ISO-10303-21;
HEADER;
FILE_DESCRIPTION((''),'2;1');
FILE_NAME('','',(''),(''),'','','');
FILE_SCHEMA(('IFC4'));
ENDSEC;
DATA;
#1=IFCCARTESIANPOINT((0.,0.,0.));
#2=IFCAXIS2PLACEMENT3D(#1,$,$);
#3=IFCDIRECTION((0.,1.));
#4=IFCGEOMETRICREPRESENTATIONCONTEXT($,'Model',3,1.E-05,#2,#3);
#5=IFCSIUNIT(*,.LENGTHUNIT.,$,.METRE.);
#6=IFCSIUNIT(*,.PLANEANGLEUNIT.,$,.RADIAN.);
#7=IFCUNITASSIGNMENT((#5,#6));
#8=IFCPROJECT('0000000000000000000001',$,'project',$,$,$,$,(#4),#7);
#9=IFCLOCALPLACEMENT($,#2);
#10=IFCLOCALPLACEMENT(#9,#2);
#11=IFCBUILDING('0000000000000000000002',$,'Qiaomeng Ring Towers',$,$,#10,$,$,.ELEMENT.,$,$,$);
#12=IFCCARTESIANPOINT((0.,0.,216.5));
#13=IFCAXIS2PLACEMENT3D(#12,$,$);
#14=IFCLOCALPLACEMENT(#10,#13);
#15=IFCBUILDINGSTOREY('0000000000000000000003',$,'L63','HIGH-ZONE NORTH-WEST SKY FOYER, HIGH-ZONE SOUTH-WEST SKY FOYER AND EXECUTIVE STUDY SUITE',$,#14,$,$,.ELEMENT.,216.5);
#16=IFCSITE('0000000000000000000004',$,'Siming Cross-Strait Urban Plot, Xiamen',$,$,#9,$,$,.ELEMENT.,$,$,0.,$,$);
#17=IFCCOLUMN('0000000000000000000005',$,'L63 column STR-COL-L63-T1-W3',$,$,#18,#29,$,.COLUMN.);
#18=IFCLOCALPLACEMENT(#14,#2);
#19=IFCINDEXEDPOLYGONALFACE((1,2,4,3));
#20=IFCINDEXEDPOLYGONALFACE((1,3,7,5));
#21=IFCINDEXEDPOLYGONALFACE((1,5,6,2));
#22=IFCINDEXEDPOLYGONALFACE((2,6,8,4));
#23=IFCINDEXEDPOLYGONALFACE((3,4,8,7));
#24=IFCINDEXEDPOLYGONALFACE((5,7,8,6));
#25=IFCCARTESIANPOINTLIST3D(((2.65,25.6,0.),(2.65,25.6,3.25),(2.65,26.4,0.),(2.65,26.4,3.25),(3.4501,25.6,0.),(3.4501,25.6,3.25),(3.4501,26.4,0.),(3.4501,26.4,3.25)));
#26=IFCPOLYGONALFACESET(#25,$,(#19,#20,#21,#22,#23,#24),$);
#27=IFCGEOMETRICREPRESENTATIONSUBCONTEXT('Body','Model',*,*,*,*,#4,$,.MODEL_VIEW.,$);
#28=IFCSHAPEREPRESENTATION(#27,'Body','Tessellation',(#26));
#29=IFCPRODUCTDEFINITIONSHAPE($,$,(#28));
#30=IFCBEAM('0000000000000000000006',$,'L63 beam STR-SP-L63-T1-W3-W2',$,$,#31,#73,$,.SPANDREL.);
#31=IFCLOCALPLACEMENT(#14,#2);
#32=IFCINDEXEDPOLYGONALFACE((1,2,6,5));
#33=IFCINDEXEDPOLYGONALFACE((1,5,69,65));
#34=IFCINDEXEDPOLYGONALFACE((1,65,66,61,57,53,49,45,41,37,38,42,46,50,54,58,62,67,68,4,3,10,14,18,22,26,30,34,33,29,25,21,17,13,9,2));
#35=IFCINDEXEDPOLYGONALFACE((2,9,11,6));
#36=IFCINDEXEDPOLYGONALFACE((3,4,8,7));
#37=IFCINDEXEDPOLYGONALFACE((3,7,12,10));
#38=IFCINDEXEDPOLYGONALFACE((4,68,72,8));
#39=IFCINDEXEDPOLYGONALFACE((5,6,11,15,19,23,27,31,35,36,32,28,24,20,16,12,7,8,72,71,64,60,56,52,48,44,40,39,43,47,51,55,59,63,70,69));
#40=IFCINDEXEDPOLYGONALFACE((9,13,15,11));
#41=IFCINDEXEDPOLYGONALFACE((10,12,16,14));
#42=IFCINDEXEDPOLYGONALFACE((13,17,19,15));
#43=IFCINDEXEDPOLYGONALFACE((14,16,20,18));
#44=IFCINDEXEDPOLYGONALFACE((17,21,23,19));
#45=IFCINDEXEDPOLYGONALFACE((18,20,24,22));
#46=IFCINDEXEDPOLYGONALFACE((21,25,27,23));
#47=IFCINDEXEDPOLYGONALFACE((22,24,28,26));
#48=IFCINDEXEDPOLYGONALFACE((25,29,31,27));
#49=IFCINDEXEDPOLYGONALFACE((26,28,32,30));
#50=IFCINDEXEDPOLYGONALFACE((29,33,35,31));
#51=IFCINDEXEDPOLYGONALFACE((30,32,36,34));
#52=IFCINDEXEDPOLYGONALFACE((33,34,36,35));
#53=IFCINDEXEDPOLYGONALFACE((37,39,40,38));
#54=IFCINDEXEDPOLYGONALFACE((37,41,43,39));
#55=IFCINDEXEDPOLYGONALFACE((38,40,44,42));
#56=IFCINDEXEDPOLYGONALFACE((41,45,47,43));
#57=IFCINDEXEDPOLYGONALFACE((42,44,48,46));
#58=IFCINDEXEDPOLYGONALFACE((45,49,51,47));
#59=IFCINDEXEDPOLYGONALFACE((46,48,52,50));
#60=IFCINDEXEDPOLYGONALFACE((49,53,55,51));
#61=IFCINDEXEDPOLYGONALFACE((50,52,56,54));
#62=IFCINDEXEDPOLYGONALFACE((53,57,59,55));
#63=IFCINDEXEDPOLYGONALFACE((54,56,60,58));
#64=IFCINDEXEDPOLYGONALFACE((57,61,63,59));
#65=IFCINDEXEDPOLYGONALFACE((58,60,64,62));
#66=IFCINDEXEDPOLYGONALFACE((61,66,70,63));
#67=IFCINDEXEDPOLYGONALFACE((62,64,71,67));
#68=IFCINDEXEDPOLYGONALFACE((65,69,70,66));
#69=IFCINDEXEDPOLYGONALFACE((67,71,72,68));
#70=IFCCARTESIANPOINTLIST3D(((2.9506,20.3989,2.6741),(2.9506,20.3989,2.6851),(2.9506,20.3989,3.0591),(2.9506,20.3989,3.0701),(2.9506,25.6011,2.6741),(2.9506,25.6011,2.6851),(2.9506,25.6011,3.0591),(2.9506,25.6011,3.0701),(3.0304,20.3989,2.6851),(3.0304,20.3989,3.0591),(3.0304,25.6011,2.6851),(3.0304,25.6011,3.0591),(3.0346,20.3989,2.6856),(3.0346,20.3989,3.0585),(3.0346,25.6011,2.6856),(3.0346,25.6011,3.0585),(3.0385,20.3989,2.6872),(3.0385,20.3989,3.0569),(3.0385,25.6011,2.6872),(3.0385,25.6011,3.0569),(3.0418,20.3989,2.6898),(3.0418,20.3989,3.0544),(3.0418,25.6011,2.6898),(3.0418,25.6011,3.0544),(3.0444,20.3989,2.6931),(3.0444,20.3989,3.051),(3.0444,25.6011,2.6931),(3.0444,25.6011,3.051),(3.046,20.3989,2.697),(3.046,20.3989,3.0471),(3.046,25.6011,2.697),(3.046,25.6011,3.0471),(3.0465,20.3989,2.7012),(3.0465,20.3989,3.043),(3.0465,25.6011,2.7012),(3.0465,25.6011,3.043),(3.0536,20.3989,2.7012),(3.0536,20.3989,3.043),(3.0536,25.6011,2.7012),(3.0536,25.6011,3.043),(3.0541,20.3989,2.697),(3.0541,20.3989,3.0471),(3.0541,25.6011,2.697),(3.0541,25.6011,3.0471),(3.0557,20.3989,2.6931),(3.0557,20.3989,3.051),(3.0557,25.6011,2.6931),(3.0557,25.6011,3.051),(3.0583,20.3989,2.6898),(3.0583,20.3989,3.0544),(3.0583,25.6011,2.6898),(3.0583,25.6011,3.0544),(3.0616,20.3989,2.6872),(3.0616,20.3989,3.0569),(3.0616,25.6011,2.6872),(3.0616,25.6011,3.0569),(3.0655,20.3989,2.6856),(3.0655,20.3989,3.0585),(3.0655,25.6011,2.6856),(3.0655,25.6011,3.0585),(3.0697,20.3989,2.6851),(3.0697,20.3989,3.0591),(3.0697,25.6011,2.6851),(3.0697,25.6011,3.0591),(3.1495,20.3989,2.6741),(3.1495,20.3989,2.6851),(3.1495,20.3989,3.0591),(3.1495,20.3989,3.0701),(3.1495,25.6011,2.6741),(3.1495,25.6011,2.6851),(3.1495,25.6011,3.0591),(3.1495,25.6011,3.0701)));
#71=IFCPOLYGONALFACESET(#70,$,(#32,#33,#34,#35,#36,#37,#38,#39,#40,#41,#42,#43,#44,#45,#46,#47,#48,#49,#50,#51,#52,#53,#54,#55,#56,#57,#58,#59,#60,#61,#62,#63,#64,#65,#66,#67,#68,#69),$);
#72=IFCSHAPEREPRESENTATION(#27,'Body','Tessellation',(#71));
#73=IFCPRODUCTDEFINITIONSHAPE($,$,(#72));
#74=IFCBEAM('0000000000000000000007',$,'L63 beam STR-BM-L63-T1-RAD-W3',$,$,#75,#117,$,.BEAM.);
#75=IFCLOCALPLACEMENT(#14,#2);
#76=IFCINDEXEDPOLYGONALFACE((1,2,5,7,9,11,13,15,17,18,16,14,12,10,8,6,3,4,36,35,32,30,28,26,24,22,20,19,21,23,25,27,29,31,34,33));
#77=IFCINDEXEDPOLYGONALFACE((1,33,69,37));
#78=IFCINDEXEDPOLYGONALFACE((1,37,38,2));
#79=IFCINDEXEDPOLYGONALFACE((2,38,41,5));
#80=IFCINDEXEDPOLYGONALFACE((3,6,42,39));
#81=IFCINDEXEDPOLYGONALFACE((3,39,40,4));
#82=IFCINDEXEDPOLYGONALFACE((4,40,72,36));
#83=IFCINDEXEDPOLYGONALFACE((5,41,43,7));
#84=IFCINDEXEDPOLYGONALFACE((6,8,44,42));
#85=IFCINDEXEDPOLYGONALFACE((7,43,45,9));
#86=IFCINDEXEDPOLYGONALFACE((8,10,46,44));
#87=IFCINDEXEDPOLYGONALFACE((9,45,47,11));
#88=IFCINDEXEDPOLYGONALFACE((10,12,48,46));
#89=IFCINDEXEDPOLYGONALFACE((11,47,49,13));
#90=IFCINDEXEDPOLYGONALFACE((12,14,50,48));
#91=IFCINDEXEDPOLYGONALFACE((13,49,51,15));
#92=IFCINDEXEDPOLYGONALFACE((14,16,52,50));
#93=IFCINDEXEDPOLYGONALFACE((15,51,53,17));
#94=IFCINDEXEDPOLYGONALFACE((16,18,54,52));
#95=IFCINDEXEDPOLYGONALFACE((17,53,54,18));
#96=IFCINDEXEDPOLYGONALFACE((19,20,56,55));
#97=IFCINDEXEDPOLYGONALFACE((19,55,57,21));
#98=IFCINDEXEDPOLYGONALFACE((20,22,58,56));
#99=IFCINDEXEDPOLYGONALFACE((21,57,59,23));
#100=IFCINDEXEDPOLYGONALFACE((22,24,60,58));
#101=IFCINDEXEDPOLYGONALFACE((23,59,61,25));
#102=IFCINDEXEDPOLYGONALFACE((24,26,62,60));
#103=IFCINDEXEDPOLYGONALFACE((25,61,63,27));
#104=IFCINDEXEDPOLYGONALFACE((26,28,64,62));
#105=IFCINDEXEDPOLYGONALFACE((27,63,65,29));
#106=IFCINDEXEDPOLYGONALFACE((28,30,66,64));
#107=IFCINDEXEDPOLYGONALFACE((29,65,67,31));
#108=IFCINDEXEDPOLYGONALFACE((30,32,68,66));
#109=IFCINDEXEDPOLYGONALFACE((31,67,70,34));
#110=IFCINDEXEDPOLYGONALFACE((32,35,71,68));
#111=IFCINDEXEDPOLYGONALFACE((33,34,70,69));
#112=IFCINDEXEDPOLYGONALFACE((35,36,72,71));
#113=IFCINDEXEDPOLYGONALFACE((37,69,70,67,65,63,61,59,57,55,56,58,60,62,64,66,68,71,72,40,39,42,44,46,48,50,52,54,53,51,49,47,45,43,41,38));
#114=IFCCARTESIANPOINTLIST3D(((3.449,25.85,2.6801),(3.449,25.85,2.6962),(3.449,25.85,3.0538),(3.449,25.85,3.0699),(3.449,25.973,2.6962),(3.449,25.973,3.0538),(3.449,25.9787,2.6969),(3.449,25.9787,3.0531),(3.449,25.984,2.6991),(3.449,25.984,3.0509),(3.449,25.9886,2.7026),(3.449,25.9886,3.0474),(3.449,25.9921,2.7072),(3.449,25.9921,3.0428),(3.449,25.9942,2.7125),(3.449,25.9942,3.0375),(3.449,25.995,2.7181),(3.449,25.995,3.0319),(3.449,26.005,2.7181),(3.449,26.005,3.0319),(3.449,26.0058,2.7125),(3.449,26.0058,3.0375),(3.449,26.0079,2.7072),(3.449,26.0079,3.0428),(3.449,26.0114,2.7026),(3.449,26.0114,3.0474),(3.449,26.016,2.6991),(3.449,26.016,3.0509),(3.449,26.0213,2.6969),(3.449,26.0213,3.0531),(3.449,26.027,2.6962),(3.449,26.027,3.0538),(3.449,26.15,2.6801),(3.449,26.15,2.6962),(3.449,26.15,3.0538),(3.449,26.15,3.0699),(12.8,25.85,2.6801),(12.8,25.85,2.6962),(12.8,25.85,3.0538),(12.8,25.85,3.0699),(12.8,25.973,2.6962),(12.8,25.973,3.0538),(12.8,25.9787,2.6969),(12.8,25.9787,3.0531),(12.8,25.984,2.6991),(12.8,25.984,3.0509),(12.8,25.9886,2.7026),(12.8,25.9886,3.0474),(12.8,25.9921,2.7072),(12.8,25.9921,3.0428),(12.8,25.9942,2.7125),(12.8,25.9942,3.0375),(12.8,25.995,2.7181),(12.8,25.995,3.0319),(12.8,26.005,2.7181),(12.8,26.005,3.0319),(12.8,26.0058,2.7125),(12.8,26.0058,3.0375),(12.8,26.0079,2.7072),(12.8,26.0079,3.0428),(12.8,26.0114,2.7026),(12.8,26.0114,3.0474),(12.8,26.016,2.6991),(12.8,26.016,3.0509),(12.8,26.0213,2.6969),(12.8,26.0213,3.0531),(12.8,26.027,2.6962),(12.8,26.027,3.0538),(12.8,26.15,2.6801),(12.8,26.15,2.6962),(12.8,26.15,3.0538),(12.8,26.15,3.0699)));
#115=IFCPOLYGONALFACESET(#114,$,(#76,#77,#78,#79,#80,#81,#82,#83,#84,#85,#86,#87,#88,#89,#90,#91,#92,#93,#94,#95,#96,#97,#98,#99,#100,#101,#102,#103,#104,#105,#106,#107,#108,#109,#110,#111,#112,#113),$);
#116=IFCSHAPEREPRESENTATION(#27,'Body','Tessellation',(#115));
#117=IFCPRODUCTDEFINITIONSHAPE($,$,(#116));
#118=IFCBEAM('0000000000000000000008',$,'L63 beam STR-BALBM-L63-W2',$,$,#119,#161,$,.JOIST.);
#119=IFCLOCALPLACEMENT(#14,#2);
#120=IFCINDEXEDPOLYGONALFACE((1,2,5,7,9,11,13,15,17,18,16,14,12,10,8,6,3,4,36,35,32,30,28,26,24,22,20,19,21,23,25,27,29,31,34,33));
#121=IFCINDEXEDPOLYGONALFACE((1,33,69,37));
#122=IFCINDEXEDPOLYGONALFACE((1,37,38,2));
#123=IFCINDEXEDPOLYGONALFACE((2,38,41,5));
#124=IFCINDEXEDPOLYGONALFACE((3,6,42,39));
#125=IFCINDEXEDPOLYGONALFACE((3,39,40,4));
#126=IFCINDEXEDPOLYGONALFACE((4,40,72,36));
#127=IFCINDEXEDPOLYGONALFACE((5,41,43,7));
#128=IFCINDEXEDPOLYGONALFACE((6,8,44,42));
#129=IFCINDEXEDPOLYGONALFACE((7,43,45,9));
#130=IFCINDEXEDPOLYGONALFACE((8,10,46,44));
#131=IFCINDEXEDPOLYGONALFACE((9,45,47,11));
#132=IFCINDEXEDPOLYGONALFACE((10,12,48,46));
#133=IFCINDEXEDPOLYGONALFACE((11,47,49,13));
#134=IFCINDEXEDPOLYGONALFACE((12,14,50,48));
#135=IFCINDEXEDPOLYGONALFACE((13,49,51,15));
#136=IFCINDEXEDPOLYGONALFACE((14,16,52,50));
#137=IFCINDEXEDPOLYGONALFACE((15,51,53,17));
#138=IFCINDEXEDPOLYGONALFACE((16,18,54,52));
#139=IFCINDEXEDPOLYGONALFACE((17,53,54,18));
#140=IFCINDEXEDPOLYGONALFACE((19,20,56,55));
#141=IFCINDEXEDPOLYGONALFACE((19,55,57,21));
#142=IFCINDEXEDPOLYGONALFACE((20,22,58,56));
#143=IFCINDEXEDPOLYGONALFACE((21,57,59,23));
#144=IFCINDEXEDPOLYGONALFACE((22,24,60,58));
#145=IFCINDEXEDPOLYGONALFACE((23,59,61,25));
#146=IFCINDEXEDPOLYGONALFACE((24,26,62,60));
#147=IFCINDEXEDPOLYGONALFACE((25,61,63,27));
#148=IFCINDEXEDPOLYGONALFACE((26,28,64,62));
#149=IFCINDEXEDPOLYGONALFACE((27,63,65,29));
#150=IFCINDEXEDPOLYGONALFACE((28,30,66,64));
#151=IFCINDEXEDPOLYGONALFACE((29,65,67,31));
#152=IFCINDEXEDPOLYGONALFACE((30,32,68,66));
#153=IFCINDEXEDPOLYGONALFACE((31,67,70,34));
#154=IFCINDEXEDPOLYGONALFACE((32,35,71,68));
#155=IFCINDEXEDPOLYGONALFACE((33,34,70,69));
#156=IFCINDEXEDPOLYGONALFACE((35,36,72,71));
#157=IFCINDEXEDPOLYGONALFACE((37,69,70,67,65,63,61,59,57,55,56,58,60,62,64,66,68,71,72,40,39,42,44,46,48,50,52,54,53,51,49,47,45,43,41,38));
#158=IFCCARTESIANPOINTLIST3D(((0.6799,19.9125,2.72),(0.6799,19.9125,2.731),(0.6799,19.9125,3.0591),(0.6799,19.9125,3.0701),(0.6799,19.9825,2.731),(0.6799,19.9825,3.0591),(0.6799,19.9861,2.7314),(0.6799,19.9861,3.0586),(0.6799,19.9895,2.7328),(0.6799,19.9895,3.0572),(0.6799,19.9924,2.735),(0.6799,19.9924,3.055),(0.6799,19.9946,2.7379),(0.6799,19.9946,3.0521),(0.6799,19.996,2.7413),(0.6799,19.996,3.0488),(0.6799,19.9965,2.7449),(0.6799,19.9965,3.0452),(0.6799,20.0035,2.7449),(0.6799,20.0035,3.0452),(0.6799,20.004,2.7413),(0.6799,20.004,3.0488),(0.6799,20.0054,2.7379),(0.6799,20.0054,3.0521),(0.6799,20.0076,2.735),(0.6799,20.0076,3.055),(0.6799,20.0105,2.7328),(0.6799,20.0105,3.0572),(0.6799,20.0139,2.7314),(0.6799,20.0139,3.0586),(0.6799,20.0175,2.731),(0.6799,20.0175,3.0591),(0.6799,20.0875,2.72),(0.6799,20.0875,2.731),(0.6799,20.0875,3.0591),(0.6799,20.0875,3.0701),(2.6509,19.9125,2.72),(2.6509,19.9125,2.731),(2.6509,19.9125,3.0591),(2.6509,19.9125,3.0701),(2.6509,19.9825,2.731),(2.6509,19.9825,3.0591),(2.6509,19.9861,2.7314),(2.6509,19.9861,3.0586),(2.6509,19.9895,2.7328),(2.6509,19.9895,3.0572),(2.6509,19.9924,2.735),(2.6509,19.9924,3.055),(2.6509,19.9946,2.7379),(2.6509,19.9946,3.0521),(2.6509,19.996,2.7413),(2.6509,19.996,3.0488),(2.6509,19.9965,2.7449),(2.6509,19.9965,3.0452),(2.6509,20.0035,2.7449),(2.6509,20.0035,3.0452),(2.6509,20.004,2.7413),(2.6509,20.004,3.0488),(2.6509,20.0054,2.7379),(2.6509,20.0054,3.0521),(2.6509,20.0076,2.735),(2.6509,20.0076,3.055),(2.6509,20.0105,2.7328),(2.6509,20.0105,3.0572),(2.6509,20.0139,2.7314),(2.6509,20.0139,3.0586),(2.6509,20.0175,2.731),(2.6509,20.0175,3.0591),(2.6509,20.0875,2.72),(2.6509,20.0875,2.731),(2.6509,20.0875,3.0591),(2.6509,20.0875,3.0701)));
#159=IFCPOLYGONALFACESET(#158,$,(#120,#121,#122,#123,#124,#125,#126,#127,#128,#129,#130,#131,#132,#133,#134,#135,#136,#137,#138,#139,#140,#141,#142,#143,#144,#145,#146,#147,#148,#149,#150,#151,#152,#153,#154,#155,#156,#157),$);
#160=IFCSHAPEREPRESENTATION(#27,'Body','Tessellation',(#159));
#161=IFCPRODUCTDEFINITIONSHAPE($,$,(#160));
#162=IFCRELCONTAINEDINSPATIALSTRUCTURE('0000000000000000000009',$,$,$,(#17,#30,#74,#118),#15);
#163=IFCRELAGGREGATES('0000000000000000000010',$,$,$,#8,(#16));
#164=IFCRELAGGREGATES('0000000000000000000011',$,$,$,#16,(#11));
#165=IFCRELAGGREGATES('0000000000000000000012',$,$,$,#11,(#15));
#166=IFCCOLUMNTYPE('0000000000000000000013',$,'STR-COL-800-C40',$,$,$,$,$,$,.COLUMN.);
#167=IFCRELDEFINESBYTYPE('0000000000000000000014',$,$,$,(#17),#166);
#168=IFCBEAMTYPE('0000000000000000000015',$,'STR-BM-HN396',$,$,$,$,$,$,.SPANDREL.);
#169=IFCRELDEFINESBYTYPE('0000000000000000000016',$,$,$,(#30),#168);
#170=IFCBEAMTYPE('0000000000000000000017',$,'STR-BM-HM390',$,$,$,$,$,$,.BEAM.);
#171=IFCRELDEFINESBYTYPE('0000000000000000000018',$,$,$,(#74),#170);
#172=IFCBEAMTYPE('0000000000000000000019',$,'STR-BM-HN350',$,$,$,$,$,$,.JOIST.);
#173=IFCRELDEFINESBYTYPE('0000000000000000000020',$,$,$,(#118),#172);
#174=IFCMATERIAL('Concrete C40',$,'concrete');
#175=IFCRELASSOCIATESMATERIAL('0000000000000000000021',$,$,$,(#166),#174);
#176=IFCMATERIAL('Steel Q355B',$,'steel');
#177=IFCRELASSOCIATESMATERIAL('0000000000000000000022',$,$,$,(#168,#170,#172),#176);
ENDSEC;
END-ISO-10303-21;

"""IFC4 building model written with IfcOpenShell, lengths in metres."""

from ifc_helpers import new_model, si_unit, direction, frame, origin, origin_2d, place, context, subcontext, project, spatial, rectangle, i_section, extrude, source, transform, mapped, material, material_profile, profile_set, type_object, element, save


model = new_model("IFC4")

# Units and contexts
model_context = context("Model", 3, precision=1e-05, world=origin(), true_north=direction((0.0, 1.0)))
body_context = subcontext(model_context, "Body", "Model", "MODEL_VIEW")
ifc_project = project(units=[si_unit("LENGTHUNIT", "METRE"), si_unit("PLANEANGLEUNIT", "RADIAN")], contexts=[model_context])

# Site, building, storey
site_placement = place(None, origin())
site = spatial("IfcSite", under=ifc_project, at=site_placement, Name="Siming Cross-Strait Urban Plot, Xiamen", CompositionType="ELEMENT", RefElevation=0.0)
building_placement = place(site_placement, origin())
building = spatial("IfcBuilding", under=site, at=building_placement, Name="Qiaomeng Ring Towers", CompositionType="ELEMENT")
storey_placement = place(building_placement, frame((0.0, 0.0, 216.5)))
storey = spatial("IfcBuildingStorey", under=building, at=storey_placement, Name="L63", Description="HIGH-ZONE NORTH-WEST SKY FOYER, HIGH-ZONE SOUTH-WEST SKY FOYER AND EXECUTIVE STUDY SUITE", CompositionType="ELEMENT", Elevation=216.5)

# Column
ifc_material_1 = material(Name="Concrete C40", Category="concrete")
ifc_material_profile_1 = material_profile(ifc_material_1, rectangle(XDim=0.8, YDim=0.8, at=origin_2d()), Name="RC COL 800x800")
ifc_profile_set_1 = profile_set([ifc_material_profile_1], Name="Concrete C40")
column_type = type_object("IfcColumnType", Name="STR-COL-800-C40", PredefinedType="COLUMN", material=ifc_profile_set_1)
shared_shape_1 = source(origin(), body_context, "Body", "SweptSolid", [
    extrude(rectangle(XDim=0.8, YDim=0.8, at=origin_2d()), origin(), (0.0, 0.0, 1.0), 3.25),
])
column_placement = place(storey_placement, frame((3.05, 26.0, 0.0), z_axis=(0.0, 0.0, 1.0), x_axis=(1.0, 0.0, 0.0)))
element("IfcColumn", 1, at=column_placement, inside=storey, type_object=column_type, Name="L63 column STR-COL-L63-T1-W3", PredefinedType="COLUMN", context=body_context, shape_type="MappedRepresentation", body=[
    mapped(shared_shape_1, transform((0.0, 0.0, 0.0), x_axis=(1.0, 0.0, 0.0), y_axis=(0.0, 1.0, 0.0), z_axis=(0.0, 0.0, 1.0), scale=1.0)),
])

# Beams
ifc_material_2 = material(Name="Steel Q355B", Category="steel")
ifc_material_profile_2 = material_profile(ifc_material_2, i_section(OverallWidth=0.199, OverallDepth=0.396, WebThickness=0.0071, FlangeThickness=0.011, FilletRadius=0.0161, at=origin_2d()), Name="HN 396x199x7x11")
ifc_profile_set_2 = profile_set([ifc_material_profile_2], Name="Steel Q355B")
beam_type_1 = type_object("IfcBeamType", Name="STR-BM-HN396", PredefinedType="SPANDREL", material=ifc_profile_set_2)
shared_shape_2 = source(origin(), body_context, "Body", "SweptSolid", [
    extrude(i_section(OverallWidth=0.199, OverallDepth=0.396, WebThickness=0.0071, FlangeThickness=0.011, FilletRadius=0.0161, at=origin_2d()), origin(), (0.0, 0.0, 1.0), 5.2021),
])
beam_1_placement = place(storey_placement, frame((3.05, 25.6011, 2.8721), z_axis=(0.0, -1.0, 0.0), x_axis=(1.0, 0.0, 0.0)))
element("IfcBeam", 2, at=beam_1_placement, inside=storey, type_object=beam_type_1, Name="L63 beam STR-SP-L63-T1-W3-W2", PredefinedType="SPANDREL", context=body_context, shape_type="MappedRepresentation", body=[
    mapped(shared_shape_2, transform((0.0, 0.0, 0.0), x_axis=(1.0, 0.0, 0.0), y_axis=(0.0, 1.0, 0.0), z_axis=(0.0, 0.0, 1.0), scale=1.0)),
])
ifc_material_profile_3 = material_profile(ifc_material_2, i_section(OverallWidth=0.3, OverallDepth=0.3899, WebThickness=0.01, FlangeThickness=0.0161, FilletRadius=0.022, at=origin_2d()), Name="HM 390x300x10x16")
ifc_profile_set_3 = profile_set([ifc_material_profile_3], Name="Steel Q355B")
beam_type_2 = type_object("IfcBeamType", Name="STR-BM-HM390", PredefinedType="BEAM", material=ifc_profile_set_3)
shared_shape_3 = source(origin(), body_context, "Body", "SweptSolid", [
    extrude(i_section(OverallWidth=0.3, OverallDepth=0.3899, WebThickness=0.01, FlangeThickness=0.0161, FilletRadius=0.022, at=origin_2d()), origin(), (0.0, 0.0, 1.0), 9.3511),
])
beam_2_placement = place(storey_placement, frame((3.449, 26.0, 2.875), z_axis=(1.0, 0.0, 0.0), x_axis=(0.0, 1.0, 0.0)))
element("IfcBeam", 3, at=beam_2_placement, inside=storey, type_object=beam_type_2, Name="L63 beam STR-BM-L63-T1-RAD-W3", PredefinedType="BEAM", context=body_context, shape_type="MappedRepresentation", body=[
    mapped(shared_shape_3, transform((0.0, 0.0, 0.0), x_axis=(1.0, 0.0, 0.0), y_axis=(0.0, 1.0, 0.0), z_axis=(0.0, 0.0, 1.0), scale=1.0)),
])
ifc_material_profile_4 = material_profile(ifc_material_2, i_section(OverallWidth=0.175, OverallDepth=0.3501, WebThickness=0.0071, FlangeThickness=0.011, FilletRadius=0.0139, at=origin_2d()), Name="HN 350x175x7x11")
ifc_profile_set_4 = profile_set([ifc_material_profile_4], Name="Steel Q355B")
beam_type_3 = type_object("IfcBeamType", Name="STR-BM-HN350", PredefinedType="JOIST", material=ifc_profile_set_4)
shared_shape_4 = source(origin(), body_context, "Body", "SweptSolid", [
    extrude(i_section(OverallWidth=0.175, OverallDepth=0.3501, WebThickness=0.0071, FlangeThickness=0.011, FilletRadius=0.0139, at=origin_2d()), origin(), (0.0, 0.0, 1.0), 1.9709),
])
for number, where, z_axis, x_axis, name in (
    (4, (0.6799, 20.0, 2.895), (1.0, 0.0, 0.0), (0.0, 1.0, 0.0), "L63 beam STR-BALBM-L63-W2"),
):
    element("IfcBeam", number, at=place(storey_placement, frame(where, z_axis=z_axis, x_axis=x_axis)), inside=storey, type_object=beam_type_3, Name=name, PredefinedType="JOIST", context=body_context, shape_type="MappedRepresentation", body=[
        mapped(shared_shape_4, transform((0.0, 0.0, 0.0), x_axis=(1.0, 0.0, 0.0), y_axis=(0.0, 1.0, 0.0), z_axis=(0.0, 0.0, 1.0), scale=1.0)),
    ])

save(model, "model.ifc")
